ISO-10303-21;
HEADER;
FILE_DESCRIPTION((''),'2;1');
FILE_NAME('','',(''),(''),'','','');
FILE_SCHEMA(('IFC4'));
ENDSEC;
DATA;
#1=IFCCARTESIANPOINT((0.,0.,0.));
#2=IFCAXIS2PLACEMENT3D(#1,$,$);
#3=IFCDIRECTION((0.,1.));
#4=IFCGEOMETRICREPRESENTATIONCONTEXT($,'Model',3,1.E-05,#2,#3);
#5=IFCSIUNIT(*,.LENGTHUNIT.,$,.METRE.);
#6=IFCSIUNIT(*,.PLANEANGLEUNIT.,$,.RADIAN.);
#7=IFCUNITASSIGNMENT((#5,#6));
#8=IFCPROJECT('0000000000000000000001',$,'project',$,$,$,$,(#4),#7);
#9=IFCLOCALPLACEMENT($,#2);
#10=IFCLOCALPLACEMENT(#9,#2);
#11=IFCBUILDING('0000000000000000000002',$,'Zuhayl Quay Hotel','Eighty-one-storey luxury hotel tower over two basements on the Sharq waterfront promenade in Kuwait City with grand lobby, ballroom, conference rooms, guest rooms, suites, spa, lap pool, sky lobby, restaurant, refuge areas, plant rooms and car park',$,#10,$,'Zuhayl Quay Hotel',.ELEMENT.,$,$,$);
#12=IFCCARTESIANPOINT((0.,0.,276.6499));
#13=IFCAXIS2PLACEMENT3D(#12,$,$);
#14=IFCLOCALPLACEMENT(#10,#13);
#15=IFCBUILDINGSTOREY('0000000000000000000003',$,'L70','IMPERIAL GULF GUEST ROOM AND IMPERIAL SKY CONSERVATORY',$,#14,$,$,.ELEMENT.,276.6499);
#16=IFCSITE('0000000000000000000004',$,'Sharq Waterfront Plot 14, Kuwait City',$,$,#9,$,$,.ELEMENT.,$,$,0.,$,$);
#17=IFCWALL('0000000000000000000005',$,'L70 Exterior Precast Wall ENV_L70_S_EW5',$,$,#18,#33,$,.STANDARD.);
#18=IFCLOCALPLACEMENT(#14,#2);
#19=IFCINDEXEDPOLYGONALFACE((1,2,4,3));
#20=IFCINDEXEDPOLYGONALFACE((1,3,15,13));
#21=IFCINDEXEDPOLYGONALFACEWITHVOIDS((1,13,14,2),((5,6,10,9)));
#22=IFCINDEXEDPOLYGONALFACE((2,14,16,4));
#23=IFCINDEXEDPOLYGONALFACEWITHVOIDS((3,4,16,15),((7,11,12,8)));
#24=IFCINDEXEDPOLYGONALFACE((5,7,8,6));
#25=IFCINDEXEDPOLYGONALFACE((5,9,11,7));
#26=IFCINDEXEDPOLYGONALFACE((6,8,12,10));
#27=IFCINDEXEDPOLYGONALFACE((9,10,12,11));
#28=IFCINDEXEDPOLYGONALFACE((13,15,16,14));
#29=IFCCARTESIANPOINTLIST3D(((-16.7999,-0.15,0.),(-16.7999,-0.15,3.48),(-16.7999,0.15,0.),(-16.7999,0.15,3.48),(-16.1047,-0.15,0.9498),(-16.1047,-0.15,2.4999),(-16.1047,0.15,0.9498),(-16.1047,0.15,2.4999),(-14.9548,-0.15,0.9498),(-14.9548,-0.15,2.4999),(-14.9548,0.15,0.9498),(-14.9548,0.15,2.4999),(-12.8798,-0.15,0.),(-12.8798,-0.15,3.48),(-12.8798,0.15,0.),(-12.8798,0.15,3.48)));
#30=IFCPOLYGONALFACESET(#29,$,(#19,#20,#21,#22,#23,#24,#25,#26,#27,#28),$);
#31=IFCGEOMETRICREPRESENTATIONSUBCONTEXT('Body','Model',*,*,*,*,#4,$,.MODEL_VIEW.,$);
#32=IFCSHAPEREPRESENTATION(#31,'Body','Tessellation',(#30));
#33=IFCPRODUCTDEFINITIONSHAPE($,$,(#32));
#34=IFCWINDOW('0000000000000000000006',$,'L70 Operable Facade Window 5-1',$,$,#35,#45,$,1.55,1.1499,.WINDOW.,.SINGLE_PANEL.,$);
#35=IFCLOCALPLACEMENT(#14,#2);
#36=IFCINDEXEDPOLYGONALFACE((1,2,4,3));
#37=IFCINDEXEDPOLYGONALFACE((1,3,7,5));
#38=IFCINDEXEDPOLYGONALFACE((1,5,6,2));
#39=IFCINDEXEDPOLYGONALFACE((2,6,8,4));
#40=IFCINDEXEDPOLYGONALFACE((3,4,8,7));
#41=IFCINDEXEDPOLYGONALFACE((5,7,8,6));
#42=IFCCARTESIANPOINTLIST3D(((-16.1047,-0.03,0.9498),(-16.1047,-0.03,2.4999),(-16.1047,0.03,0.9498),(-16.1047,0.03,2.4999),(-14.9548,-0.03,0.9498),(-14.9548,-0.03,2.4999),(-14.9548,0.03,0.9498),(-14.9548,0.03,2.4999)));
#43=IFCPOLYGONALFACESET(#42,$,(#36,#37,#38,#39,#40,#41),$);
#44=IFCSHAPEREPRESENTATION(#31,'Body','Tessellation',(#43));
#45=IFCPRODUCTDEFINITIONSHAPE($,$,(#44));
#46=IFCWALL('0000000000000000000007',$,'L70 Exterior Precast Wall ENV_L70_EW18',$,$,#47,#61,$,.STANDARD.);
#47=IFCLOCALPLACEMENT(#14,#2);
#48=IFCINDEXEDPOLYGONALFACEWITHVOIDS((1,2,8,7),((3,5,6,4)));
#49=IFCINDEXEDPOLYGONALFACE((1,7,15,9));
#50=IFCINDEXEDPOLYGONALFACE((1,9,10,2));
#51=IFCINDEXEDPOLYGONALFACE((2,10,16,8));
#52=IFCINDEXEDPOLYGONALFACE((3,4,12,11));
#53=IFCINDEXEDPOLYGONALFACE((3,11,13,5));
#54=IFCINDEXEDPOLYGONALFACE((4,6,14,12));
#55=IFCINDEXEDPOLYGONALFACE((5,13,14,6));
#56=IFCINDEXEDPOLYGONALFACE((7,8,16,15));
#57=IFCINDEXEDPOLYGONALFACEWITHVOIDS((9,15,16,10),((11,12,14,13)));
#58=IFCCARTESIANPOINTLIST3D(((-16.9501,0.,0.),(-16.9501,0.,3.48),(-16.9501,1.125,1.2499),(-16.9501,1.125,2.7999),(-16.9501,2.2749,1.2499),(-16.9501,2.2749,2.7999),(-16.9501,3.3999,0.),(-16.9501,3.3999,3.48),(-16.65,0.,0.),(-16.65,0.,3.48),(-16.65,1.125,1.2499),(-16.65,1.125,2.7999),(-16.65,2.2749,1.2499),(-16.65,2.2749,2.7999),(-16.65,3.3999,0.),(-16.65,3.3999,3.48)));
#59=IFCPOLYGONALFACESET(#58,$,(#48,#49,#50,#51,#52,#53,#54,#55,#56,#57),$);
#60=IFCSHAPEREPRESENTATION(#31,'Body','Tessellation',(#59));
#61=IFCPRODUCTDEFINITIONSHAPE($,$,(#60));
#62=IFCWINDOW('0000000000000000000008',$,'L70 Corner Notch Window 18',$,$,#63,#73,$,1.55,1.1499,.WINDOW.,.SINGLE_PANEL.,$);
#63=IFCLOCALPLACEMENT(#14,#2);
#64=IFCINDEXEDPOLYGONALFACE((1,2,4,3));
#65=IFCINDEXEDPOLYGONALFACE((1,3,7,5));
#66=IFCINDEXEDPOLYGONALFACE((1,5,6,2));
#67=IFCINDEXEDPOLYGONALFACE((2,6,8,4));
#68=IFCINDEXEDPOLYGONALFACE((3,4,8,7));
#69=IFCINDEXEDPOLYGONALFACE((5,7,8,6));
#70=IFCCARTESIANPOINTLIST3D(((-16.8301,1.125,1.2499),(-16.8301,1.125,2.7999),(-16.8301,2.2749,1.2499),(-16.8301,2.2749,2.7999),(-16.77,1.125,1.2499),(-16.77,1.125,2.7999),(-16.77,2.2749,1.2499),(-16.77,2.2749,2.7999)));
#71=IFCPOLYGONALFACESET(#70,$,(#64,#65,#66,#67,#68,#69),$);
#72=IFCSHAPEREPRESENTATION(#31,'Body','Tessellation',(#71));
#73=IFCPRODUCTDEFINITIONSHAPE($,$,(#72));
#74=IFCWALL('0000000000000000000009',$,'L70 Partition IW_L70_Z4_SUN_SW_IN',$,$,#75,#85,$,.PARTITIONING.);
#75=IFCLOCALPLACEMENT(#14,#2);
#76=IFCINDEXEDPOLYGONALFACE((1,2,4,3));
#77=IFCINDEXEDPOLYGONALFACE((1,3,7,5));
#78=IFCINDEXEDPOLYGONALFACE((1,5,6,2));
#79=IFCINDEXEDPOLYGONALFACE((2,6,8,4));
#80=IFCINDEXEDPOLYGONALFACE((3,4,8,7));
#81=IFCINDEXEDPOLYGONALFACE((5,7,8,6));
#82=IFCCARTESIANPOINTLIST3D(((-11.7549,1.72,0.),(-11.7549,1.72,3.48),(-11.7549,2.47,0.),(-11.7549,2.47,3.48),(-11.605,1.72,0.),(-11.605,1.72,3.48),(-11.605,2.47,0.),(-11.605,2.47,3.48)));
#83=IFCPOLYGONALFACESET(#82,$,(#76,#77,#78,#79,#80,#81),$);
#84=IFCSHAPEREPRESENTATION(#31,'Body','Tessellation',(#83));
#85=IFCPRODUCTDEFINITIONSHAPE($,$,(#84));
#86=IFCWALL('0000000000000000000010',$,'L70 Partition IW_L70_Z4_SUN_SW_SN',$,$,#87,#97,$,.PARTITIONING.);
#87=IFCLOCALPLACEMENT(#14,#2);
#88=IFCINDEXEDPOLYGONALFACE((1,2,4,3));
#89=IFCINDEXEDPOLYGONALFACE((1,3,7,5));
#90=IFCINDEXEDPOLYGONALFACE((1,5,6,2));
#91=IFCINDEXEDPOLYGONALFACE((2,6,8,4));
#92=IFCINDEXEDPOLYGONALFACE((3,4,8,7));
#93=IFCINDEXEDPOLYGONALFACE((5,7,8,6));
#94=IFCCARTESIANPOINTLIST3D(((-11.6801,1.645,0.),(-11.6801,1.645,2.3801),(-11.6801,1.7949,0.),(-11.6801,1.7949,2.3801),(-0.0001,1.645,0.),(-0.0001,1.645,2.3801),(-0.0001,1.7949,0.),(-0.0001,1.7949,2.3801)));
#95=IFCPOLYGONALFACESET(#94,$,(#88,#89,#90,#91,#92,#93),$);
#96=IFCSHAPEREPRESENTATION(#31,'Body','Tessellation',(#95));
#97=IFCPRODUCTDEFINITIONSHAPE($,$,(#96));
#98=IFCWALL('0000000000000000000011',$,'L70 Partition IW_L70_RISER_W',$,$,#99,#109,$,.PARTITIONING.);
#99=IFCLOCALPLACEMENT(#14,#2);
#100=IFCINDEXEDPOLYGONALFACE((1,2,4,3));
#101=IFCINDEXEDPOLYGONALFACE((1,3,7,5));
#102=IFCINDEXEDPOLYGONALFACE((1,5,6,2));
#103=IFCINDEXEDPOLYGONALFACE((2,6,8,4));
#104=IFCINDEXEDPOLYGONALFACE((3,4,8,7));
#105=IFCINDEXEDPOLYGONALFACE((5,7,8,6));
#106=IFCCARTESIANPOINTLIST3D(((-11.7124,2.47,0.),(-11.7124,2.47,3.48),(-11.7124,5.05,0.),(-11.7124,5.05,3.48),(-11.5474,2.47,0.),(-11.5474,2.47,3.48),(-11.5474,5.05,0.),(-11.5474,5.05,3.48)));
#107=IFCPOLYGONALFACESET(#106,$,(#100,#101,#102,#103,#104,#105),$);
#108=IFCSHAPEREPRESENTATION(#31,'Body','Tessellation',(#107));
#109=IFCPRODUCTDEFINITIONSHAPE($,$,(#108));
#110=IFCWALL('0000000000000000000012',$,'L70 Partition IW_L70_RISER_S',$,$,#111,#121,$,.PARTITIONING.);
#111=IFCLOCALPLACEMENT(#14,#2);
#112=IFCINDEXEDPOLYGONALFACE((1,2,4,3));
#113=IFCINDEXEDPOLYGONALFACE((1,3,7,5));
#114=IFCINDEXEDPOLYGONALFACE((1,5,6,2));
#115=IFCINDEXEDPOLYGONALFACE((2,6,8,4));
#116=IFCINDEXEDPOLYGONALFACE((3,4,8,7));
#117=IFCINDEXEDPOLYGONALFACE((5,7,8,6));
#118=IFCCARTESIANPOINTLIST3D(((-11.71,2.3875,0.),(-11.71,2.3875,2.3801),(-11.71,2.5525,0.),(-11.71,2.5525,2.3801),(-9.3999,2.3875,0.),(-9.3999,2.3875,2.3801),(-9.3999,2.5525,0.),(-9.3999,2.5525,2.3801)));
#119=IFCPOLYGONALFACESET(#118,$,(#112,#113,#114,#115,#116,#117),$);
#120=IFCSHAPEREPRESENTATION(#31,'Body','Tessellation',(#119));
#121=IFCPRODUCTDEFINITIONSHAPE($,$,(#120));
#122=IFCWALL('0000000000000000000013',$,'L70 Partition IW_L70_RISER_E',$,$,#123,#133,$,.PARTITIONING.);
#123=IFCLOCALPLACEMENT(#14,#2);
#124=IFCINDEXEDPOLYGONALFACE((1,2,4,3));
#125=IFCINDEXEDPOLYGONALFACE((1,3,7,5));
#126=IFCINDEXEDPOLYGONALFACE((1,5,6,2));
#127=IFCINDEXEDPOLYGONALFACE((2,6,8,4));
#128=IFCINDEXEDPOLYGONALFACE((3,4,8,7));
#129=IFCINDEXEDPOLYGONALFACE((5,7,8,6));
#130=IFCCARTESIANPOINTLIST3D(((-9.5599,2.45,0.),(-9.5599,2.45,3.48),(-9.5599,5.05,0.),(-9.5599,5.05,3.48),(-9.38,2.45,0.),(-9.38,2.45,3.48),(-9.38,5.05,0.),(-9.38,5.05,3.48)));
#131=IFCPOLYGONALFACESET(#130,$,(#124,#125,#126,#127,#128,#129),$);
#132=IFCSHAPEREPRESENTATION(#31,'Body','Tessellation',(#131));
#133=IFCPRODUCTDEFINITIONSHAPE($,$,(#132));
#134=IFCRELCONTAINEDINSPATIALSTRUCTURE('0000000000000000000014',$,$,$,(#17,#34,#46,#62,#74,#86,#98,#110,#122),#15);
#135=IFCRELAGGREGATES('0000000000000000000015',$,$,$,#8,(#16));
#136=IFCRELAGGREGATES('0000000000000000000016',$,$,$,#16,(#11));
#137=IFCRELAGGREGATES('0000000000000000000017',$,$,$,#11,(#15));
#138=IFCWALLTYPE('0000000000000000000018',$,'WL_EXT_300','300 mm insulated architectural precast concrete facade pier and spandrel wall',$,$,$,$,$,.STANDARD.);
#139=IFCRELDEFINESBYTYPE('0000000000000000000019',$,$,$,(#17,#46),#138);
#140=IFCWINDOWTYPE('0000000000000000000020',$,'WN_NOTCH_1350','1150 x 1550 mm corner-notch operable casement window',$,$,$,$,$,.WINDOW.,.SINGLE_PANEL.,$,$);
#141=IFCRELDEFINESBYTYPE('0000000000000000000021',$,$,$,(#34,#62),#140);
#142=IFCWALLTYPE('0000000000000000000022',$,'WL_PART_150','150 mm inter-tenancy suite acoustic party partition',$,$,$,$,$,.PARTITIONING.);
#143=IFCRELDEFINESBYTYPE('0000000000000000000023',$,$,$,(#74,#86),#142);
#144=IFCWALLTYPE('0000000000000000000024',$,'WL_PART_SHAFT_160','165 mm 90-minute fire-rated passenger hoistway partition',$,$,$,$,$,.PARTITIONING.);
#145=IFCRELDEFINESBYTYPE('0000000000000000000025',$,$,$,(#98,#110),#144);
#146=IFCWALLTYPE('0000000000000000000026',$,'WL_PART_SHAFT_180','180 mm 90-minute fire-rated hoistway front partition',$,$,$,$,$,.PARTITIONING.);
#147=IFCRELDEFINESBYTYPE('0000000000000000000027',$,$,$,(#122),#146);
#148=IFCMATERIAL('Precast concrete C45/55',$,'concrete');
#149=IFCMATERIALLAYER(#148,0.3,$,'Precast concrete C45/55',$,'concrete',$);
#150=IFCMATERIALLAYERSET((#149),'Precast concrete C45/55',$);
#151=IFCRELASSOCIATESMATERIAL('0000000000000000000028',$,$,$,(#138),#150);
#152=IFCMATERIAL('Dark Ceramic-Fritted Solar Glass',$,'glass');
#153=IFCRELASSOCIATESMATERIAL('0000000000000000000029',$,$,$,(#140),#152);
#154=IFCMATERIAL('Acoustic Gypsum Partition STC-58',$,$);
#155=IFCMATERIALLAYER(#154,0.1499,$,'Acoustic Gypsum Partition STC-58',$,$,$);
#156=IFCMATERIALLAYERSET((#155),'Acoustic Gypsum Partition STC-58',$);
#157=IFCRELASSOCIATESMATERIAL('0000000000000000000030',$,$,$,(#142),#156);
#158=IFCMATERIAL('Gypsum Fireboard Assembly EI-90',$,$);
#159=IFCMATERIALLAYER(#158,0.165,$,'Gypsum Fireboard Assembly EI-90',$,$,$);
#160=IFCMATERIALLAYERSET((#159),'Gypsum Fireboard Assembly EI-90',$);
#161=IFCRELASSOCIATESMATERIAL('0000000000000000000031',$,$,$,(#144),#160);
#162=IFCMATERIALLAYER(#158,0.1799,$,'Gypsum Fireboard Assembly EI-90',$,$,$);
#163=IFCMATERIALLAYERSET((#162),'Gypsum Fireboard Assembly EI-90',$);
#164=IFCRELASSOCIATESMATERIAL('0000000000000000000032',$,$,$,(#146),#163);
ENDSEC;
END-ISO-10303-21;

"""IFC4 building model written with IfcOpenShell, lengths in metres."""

from ifc_helpers import new_model, si_unit, direction, frame, frame_2d, origin, place, context, subcontext, project, spatial, rectangle, extrude, material, layer, layer_set, type_object, element, fill, save


model = new_model("IFC4")

# Units and contexts
model_context = context("Model", 3, precision=1e-05, world=origin(), true_north=direction((0.0, 1.0)))
body_context = subcontext(model_context, "Body", "Model", "MODEL_VIEW")
ifc_project = project(units=[si_unit("LENGTHUNIT", "METRE"), si_unit("PLANEANGLEUNIT", "RADIAN")], contexts=[model_context])

# Site, building, storey
site_placement = place(None, origin())
site = spatial("IfcSite", under=ifc_project, at=site_placement, Name="Sharq Waterfront Plot 14, Kuwait City", CompositionType="ELEMENT", RefElevation=0.0)
building_placement = place(site_placement, origin())
building = spatial("IfcBuilding", under=site, at=building_placement, Name="Zuhayl Quay Hotel", Description="Eighty-one-storey luxury hotel tower over two basements on the Sharq waterfront promenade in Kuwait City with grand lobby, ballroom, conference rooms, guest rooms, suites, spa, lap pool, sky lobby, restaurant, refuge areas, plant rooms and car park", LongName="Zuhayl Quay Hotel", CompositionType="ELEMENT")
storey_placement = place(building_placement, frame((0.0, 0.0, 276.6499)))
storey = spatial("IfcBuildingStorey", under=building, at=storey_placement, Name="L70", Description="IMPERIAL GULF GUEST ROOM AND IMPERIAL SKY CONSERVATORY", CompositionType="ELEMENT", Elevation=276.6499)

# Shared definitions
ifc_material_1 = material(Name="Dark Ceramic-Fritted Solar Glass", Category="glass")

# Shared definitions
ifc_material_2 = material(Name="Precast concrete C45/55", Category="concrete")
ifc_layer_1 = layer(ifc_material_2, 0.3, Name="Precast concrete C45/55", Category="concrete")
ifc_layer_set_1 = layer_set([ifc_layer_1], Name="Precast concrete C45/55")
wall_type_1 = type_object("IfcWallType", Name="WL_EXT_300", Description="300 mm insulated architectural precast concrete facade pier and spandrel wall", PredefinedType="STANDARD", material=ifc_layer_set_1)
window_type = type_object("IfcWindowType", Name="WN_NOTCH_1350", Description="1150 x 1550 mm corner-notch operable casement window", PartitioningType="SINGLE_PANEL", PredefinedType="WINDOW", material=ifc_material_1)

# Walls, openings, windows
wall_1_placement = place(storey_placement, frame((-12.8799, 0.0, 0.0), z_axis=(0.0, 0.0, 1.0), x_axis=(-1.0, 0.0, 0.0)))
wall_1 = element("IfcWall", 1, at=wall_1_placement, inside=storey, type_object=wall_type_1, Name="L70 Exterior Precast Wall ENV_L70_S_EW5", PredefinedType="STANDARD", context=body_context, shape_type="SweptSolid", body=[
    extrude(rectangle(XDim=3.9202, YDim=0.3, at=frame_2d((1.96, 0.0))), origin(), (0.0, 0.0, 1.0), 3.48),
])
opening_1_placement = place(wall_1_placement, frame((2.075, 0.0, 0.95)))
opening_1 = element("IfcOpeningElement", 2, at=opening_1_placement, cuts=wall_1, PredefinedType="OPENING", context=body_context, shape_type="SweptSolid", body=[
    extrude(rectangle(XDim=1.1499, YDim=1.55, at=frame_2d((0.575, 0.7749))), frame((0.0, 0.1599, 0.0), z_axis=(0.0, -1.0, 0.0), x_axis=(1.0, 0.0, 0.0)), (0.0, 0.0, 1.0), 0.3201),
])
window_1_placement = place(opening_1_placement, origin())
window_1 = element("IfcWindow", 3, at=window_1_placement, inside=storey, type_object=window_type, Name="L70 Operable Facade Window 5-1", OverallHeight=1.55, OverallWidth=1.1499, PartitioningType="SINGLE_PANEL", PredefinedType="WINDOW", context=body_context, shape_type="SweptSolid", body=[
    extrude(rectangle(XDim=1.1499, YDim=1.55, at=frame_2d((0.575, 0.7749))), frame((0.0, 0.03, 0.0), z_axis=(0.0, -1.0, 0.0), x_axis=(1.0, 0.0, 0.0)), (0.0, 0.0, 1.0), 0.0601),
])
fill(opening_1, window_1)
wall_2_placement = place(storey_placement, frame((-16.8, 0.0, 0.0), z_axis=(0.0, 0.0, 1.0), x_axis=(0.0, 1.0, 0.0)))
wall_2 = element("IfcWall", 4, at=wall_2_placement, inside=storey, type_object=wall_type_1, Name="L70 Exterior Precast Wall ENV_L70_EW18", PredefinedType="STANDARD", context=body_context, shape_type="SweptSolid", body=[
    extrude(rectangle(XDim=3.3999, YDim=0.3, at=frame_2d((1.7, 0.0))), origin(), (0.0, 0.0, 1.0), 3.48),
])
opening_2_placement = place(wall_2_placement, frame((1.125, 0.0, 1.25)))
opening_2 = element("IfcOpeningElement", 5, at=opening_2_placement, cuts=wall_2, PredefinedType="OPENING", context=body_context, shape_type="SweptSolid", body=[
    extrude(rectangle(XDim=1.1499, YDim=1.55, at=frame_2d((0.575, 0.7749))), frame((0.0, 0.1599, 0.0), z_axis=(0.0, -1.0, 0.0), x_axis=(1.0, 0.0, 0.0)), (0.0, 0.0, 1.0), 0.3201),
])
window_2_placement = place(opening_2_placement, origin())
window_2 = element("IfcWindow", 6, at=window_2_placement, inside=storey, type_object=window_type, Name="L70 Corner Notch Window 18", OverallHeight=1.55, OverallWidth=1.1499, PartitioningType="SINGLE_PANEL", PredefinedType="WINDOW", context=body_context, shape_type="SweptSolid", body=[
    extrude(rectangle(XDim=1.1499, YDim=1.55, at=frame_2d((0.575, 0.7749))), frame((0.0, 0.03, 0.0), z_axis=(0.0, -1.0, 0.0), x_axis=(1.0, 0.0, 0.0)), (0.0, 0.0, 1.0), 0.0601),
])
fill(opening_2, window_2)

# Walls
ifc_material_3 = material(Name="Acoustic Gypsum Partition STC-58")
ifc_layer_2 = layer(ifc_material_3, 0.1499, Name="Acoustic Gypsum Partition STC-58")
ifc_layer_set_2 = layer_set([ifc_layer_2], Name="Acoustic Gypsum Partition STC-58")
wall_type_2 = type_object("IfcWallType", Name="WL_PART_150", Description="150 mm inter-tenancy suite acoustic party partition", PredefinedType="PARTITIONING", material=ifc_layer_set_2)
wall_3_placement = place(storey_placement, frame((-11.6799, 1.72, 0.0), z_axis=(0.0, 0.0, 1.0), x_axis=(0.0, 1.0, 0.0)))
element("IfcWall", 7, at=wall_3_placement, inside=storey, type_object=wall_type_2, Name="L70 Partition IW_L70_Z4_SUN_SW_IN", PredefinedType="PARTITIONING", context=body_context, shape_type="SweptSolid", body=[
    extrude(rectangle(XDim=0.75, YDim=0.1499, at=frame_2d((0.375, 0.0))), origin(), (0.0, 0.0, 1.0), 3.48),
])
wall_4_placement = place(storey_placement, frame((-11.6799, 1.72, 0.0), z_axis=(0.0, 0.0, 1.0), x_axis=(1.0, 0.0, 0.0)))
element("IfcWall", 8, at=wall_4_placement, inside=storey, type_object=wall_type_2, Name="L70 Partition IW_L70_Z4_SUN_SW_SN", PredefinedType="PARTITIONING", context=body_context, shape_type="SweptSolid", body=[
    extrude(rectangle(XDim=11.6799, YDim=0.1499, at=frame_2d((5.8398, 0.0))), origin(), (0.0, 0.0, 1.0), 2.3801),
])

# Walls
ifc_material_4 = material(Name="Gypsum Fireboard Assembly EI-90")
ifc_layer_3 = layer(ifc_material_4, 0.165, Name="Gypsum Fireboard Assembly EI-90")
ifc_layer_set_3 = layer_set([ifc_layer_3], Name="Gypsum Fireboard Assembly EI-90")
wall_type_3 = type_object("IfcWallType", Name="WL_PART_SHAFT_160", Description="165 mm 90-minute fire-rated passenger hoistway partition", PredefinedType="PARTITIONING", material=ifc_layer_set_3)
wall_5_placement = place(storey_placement, frame((-11.6299, 2.47, 0.0), z_axis=(0.0, 0.0, 1.0), x_axis=(0.0, 1.0, 0.0)))
element("IfcWall", 9, at=wall_5_placement, inside=storey, type_object=wall_type_3, Name="L70 Partition IW_L70_RISER_W", PredefinedType="PARTITIONING", context=body_context, shape_type="SweptSolid", body=[
    extrude(rectangle(XDim=2.5801, YDim=0.165, at=frame_2d((1.29, 0.0))), origin(), (0.0, 0.0, 1.0), 3.48),
])
wall_6_placement = place(storey_placement, frame((-11.71, 2.47, 0.0), z_axis=(0.0, 0.0, 1.0), x_axis=(1.0, 0.0, 0.0)))
element("IfcWall", 10, at=wall_6_placement, inside=storey, type_object=wall_type_3, Name="L70 Partition IW_L70_RISER_S", PredefinedType="PARTITIONING", context=body_context, shape_type="SweptSolid", body=[
    extrude(rectangle(XDim=2.3101, YDim=0.165, at=frame_2d((1.155, 0.0))), origin(), (0.0, 0.0, 1.0), 2.3801),
])
ifc_layer_4 = layer(ifc_material_4, 0.1799, Name="Gypsum Fireboard Assembly EI-90")
ifc_layer_set_4 = layer_set([ifc_layer_4], Name="Gypsum Fireboard Assembly EI-90")
wall_type_4 = type_object("IfcWallType", Name="WL_PART_SHAFT_180", Description="180 mm 90-minute fire-rated hoistway front partition", PredefinedType="PARTITIONING", material=ifc_layer_set_4)
wall_7_placement = place(storey_placement, frame((-9.47, 2.45, 0.0), z_axis=(0.0, 0.0, 1.0), x_axis=(0.0, 1.0, 0.0)))
element("IfcWall", 11, at=wall_7_placement, inside=storey, type_object=wall_type_4, Name="L70 Partition IW_L70_RISER_E", PredefinedType="PARTITIONING", context=body_context, shape_type="SweptSolid", body=[
    extrude(rectangle(XDim=2.6001, YDim=0.1799, at=frame_2d((1.3, 0.0))), origin(), (0.0, 0.0, 1.0), 3.48),
])

save(model, "model.ifc")
